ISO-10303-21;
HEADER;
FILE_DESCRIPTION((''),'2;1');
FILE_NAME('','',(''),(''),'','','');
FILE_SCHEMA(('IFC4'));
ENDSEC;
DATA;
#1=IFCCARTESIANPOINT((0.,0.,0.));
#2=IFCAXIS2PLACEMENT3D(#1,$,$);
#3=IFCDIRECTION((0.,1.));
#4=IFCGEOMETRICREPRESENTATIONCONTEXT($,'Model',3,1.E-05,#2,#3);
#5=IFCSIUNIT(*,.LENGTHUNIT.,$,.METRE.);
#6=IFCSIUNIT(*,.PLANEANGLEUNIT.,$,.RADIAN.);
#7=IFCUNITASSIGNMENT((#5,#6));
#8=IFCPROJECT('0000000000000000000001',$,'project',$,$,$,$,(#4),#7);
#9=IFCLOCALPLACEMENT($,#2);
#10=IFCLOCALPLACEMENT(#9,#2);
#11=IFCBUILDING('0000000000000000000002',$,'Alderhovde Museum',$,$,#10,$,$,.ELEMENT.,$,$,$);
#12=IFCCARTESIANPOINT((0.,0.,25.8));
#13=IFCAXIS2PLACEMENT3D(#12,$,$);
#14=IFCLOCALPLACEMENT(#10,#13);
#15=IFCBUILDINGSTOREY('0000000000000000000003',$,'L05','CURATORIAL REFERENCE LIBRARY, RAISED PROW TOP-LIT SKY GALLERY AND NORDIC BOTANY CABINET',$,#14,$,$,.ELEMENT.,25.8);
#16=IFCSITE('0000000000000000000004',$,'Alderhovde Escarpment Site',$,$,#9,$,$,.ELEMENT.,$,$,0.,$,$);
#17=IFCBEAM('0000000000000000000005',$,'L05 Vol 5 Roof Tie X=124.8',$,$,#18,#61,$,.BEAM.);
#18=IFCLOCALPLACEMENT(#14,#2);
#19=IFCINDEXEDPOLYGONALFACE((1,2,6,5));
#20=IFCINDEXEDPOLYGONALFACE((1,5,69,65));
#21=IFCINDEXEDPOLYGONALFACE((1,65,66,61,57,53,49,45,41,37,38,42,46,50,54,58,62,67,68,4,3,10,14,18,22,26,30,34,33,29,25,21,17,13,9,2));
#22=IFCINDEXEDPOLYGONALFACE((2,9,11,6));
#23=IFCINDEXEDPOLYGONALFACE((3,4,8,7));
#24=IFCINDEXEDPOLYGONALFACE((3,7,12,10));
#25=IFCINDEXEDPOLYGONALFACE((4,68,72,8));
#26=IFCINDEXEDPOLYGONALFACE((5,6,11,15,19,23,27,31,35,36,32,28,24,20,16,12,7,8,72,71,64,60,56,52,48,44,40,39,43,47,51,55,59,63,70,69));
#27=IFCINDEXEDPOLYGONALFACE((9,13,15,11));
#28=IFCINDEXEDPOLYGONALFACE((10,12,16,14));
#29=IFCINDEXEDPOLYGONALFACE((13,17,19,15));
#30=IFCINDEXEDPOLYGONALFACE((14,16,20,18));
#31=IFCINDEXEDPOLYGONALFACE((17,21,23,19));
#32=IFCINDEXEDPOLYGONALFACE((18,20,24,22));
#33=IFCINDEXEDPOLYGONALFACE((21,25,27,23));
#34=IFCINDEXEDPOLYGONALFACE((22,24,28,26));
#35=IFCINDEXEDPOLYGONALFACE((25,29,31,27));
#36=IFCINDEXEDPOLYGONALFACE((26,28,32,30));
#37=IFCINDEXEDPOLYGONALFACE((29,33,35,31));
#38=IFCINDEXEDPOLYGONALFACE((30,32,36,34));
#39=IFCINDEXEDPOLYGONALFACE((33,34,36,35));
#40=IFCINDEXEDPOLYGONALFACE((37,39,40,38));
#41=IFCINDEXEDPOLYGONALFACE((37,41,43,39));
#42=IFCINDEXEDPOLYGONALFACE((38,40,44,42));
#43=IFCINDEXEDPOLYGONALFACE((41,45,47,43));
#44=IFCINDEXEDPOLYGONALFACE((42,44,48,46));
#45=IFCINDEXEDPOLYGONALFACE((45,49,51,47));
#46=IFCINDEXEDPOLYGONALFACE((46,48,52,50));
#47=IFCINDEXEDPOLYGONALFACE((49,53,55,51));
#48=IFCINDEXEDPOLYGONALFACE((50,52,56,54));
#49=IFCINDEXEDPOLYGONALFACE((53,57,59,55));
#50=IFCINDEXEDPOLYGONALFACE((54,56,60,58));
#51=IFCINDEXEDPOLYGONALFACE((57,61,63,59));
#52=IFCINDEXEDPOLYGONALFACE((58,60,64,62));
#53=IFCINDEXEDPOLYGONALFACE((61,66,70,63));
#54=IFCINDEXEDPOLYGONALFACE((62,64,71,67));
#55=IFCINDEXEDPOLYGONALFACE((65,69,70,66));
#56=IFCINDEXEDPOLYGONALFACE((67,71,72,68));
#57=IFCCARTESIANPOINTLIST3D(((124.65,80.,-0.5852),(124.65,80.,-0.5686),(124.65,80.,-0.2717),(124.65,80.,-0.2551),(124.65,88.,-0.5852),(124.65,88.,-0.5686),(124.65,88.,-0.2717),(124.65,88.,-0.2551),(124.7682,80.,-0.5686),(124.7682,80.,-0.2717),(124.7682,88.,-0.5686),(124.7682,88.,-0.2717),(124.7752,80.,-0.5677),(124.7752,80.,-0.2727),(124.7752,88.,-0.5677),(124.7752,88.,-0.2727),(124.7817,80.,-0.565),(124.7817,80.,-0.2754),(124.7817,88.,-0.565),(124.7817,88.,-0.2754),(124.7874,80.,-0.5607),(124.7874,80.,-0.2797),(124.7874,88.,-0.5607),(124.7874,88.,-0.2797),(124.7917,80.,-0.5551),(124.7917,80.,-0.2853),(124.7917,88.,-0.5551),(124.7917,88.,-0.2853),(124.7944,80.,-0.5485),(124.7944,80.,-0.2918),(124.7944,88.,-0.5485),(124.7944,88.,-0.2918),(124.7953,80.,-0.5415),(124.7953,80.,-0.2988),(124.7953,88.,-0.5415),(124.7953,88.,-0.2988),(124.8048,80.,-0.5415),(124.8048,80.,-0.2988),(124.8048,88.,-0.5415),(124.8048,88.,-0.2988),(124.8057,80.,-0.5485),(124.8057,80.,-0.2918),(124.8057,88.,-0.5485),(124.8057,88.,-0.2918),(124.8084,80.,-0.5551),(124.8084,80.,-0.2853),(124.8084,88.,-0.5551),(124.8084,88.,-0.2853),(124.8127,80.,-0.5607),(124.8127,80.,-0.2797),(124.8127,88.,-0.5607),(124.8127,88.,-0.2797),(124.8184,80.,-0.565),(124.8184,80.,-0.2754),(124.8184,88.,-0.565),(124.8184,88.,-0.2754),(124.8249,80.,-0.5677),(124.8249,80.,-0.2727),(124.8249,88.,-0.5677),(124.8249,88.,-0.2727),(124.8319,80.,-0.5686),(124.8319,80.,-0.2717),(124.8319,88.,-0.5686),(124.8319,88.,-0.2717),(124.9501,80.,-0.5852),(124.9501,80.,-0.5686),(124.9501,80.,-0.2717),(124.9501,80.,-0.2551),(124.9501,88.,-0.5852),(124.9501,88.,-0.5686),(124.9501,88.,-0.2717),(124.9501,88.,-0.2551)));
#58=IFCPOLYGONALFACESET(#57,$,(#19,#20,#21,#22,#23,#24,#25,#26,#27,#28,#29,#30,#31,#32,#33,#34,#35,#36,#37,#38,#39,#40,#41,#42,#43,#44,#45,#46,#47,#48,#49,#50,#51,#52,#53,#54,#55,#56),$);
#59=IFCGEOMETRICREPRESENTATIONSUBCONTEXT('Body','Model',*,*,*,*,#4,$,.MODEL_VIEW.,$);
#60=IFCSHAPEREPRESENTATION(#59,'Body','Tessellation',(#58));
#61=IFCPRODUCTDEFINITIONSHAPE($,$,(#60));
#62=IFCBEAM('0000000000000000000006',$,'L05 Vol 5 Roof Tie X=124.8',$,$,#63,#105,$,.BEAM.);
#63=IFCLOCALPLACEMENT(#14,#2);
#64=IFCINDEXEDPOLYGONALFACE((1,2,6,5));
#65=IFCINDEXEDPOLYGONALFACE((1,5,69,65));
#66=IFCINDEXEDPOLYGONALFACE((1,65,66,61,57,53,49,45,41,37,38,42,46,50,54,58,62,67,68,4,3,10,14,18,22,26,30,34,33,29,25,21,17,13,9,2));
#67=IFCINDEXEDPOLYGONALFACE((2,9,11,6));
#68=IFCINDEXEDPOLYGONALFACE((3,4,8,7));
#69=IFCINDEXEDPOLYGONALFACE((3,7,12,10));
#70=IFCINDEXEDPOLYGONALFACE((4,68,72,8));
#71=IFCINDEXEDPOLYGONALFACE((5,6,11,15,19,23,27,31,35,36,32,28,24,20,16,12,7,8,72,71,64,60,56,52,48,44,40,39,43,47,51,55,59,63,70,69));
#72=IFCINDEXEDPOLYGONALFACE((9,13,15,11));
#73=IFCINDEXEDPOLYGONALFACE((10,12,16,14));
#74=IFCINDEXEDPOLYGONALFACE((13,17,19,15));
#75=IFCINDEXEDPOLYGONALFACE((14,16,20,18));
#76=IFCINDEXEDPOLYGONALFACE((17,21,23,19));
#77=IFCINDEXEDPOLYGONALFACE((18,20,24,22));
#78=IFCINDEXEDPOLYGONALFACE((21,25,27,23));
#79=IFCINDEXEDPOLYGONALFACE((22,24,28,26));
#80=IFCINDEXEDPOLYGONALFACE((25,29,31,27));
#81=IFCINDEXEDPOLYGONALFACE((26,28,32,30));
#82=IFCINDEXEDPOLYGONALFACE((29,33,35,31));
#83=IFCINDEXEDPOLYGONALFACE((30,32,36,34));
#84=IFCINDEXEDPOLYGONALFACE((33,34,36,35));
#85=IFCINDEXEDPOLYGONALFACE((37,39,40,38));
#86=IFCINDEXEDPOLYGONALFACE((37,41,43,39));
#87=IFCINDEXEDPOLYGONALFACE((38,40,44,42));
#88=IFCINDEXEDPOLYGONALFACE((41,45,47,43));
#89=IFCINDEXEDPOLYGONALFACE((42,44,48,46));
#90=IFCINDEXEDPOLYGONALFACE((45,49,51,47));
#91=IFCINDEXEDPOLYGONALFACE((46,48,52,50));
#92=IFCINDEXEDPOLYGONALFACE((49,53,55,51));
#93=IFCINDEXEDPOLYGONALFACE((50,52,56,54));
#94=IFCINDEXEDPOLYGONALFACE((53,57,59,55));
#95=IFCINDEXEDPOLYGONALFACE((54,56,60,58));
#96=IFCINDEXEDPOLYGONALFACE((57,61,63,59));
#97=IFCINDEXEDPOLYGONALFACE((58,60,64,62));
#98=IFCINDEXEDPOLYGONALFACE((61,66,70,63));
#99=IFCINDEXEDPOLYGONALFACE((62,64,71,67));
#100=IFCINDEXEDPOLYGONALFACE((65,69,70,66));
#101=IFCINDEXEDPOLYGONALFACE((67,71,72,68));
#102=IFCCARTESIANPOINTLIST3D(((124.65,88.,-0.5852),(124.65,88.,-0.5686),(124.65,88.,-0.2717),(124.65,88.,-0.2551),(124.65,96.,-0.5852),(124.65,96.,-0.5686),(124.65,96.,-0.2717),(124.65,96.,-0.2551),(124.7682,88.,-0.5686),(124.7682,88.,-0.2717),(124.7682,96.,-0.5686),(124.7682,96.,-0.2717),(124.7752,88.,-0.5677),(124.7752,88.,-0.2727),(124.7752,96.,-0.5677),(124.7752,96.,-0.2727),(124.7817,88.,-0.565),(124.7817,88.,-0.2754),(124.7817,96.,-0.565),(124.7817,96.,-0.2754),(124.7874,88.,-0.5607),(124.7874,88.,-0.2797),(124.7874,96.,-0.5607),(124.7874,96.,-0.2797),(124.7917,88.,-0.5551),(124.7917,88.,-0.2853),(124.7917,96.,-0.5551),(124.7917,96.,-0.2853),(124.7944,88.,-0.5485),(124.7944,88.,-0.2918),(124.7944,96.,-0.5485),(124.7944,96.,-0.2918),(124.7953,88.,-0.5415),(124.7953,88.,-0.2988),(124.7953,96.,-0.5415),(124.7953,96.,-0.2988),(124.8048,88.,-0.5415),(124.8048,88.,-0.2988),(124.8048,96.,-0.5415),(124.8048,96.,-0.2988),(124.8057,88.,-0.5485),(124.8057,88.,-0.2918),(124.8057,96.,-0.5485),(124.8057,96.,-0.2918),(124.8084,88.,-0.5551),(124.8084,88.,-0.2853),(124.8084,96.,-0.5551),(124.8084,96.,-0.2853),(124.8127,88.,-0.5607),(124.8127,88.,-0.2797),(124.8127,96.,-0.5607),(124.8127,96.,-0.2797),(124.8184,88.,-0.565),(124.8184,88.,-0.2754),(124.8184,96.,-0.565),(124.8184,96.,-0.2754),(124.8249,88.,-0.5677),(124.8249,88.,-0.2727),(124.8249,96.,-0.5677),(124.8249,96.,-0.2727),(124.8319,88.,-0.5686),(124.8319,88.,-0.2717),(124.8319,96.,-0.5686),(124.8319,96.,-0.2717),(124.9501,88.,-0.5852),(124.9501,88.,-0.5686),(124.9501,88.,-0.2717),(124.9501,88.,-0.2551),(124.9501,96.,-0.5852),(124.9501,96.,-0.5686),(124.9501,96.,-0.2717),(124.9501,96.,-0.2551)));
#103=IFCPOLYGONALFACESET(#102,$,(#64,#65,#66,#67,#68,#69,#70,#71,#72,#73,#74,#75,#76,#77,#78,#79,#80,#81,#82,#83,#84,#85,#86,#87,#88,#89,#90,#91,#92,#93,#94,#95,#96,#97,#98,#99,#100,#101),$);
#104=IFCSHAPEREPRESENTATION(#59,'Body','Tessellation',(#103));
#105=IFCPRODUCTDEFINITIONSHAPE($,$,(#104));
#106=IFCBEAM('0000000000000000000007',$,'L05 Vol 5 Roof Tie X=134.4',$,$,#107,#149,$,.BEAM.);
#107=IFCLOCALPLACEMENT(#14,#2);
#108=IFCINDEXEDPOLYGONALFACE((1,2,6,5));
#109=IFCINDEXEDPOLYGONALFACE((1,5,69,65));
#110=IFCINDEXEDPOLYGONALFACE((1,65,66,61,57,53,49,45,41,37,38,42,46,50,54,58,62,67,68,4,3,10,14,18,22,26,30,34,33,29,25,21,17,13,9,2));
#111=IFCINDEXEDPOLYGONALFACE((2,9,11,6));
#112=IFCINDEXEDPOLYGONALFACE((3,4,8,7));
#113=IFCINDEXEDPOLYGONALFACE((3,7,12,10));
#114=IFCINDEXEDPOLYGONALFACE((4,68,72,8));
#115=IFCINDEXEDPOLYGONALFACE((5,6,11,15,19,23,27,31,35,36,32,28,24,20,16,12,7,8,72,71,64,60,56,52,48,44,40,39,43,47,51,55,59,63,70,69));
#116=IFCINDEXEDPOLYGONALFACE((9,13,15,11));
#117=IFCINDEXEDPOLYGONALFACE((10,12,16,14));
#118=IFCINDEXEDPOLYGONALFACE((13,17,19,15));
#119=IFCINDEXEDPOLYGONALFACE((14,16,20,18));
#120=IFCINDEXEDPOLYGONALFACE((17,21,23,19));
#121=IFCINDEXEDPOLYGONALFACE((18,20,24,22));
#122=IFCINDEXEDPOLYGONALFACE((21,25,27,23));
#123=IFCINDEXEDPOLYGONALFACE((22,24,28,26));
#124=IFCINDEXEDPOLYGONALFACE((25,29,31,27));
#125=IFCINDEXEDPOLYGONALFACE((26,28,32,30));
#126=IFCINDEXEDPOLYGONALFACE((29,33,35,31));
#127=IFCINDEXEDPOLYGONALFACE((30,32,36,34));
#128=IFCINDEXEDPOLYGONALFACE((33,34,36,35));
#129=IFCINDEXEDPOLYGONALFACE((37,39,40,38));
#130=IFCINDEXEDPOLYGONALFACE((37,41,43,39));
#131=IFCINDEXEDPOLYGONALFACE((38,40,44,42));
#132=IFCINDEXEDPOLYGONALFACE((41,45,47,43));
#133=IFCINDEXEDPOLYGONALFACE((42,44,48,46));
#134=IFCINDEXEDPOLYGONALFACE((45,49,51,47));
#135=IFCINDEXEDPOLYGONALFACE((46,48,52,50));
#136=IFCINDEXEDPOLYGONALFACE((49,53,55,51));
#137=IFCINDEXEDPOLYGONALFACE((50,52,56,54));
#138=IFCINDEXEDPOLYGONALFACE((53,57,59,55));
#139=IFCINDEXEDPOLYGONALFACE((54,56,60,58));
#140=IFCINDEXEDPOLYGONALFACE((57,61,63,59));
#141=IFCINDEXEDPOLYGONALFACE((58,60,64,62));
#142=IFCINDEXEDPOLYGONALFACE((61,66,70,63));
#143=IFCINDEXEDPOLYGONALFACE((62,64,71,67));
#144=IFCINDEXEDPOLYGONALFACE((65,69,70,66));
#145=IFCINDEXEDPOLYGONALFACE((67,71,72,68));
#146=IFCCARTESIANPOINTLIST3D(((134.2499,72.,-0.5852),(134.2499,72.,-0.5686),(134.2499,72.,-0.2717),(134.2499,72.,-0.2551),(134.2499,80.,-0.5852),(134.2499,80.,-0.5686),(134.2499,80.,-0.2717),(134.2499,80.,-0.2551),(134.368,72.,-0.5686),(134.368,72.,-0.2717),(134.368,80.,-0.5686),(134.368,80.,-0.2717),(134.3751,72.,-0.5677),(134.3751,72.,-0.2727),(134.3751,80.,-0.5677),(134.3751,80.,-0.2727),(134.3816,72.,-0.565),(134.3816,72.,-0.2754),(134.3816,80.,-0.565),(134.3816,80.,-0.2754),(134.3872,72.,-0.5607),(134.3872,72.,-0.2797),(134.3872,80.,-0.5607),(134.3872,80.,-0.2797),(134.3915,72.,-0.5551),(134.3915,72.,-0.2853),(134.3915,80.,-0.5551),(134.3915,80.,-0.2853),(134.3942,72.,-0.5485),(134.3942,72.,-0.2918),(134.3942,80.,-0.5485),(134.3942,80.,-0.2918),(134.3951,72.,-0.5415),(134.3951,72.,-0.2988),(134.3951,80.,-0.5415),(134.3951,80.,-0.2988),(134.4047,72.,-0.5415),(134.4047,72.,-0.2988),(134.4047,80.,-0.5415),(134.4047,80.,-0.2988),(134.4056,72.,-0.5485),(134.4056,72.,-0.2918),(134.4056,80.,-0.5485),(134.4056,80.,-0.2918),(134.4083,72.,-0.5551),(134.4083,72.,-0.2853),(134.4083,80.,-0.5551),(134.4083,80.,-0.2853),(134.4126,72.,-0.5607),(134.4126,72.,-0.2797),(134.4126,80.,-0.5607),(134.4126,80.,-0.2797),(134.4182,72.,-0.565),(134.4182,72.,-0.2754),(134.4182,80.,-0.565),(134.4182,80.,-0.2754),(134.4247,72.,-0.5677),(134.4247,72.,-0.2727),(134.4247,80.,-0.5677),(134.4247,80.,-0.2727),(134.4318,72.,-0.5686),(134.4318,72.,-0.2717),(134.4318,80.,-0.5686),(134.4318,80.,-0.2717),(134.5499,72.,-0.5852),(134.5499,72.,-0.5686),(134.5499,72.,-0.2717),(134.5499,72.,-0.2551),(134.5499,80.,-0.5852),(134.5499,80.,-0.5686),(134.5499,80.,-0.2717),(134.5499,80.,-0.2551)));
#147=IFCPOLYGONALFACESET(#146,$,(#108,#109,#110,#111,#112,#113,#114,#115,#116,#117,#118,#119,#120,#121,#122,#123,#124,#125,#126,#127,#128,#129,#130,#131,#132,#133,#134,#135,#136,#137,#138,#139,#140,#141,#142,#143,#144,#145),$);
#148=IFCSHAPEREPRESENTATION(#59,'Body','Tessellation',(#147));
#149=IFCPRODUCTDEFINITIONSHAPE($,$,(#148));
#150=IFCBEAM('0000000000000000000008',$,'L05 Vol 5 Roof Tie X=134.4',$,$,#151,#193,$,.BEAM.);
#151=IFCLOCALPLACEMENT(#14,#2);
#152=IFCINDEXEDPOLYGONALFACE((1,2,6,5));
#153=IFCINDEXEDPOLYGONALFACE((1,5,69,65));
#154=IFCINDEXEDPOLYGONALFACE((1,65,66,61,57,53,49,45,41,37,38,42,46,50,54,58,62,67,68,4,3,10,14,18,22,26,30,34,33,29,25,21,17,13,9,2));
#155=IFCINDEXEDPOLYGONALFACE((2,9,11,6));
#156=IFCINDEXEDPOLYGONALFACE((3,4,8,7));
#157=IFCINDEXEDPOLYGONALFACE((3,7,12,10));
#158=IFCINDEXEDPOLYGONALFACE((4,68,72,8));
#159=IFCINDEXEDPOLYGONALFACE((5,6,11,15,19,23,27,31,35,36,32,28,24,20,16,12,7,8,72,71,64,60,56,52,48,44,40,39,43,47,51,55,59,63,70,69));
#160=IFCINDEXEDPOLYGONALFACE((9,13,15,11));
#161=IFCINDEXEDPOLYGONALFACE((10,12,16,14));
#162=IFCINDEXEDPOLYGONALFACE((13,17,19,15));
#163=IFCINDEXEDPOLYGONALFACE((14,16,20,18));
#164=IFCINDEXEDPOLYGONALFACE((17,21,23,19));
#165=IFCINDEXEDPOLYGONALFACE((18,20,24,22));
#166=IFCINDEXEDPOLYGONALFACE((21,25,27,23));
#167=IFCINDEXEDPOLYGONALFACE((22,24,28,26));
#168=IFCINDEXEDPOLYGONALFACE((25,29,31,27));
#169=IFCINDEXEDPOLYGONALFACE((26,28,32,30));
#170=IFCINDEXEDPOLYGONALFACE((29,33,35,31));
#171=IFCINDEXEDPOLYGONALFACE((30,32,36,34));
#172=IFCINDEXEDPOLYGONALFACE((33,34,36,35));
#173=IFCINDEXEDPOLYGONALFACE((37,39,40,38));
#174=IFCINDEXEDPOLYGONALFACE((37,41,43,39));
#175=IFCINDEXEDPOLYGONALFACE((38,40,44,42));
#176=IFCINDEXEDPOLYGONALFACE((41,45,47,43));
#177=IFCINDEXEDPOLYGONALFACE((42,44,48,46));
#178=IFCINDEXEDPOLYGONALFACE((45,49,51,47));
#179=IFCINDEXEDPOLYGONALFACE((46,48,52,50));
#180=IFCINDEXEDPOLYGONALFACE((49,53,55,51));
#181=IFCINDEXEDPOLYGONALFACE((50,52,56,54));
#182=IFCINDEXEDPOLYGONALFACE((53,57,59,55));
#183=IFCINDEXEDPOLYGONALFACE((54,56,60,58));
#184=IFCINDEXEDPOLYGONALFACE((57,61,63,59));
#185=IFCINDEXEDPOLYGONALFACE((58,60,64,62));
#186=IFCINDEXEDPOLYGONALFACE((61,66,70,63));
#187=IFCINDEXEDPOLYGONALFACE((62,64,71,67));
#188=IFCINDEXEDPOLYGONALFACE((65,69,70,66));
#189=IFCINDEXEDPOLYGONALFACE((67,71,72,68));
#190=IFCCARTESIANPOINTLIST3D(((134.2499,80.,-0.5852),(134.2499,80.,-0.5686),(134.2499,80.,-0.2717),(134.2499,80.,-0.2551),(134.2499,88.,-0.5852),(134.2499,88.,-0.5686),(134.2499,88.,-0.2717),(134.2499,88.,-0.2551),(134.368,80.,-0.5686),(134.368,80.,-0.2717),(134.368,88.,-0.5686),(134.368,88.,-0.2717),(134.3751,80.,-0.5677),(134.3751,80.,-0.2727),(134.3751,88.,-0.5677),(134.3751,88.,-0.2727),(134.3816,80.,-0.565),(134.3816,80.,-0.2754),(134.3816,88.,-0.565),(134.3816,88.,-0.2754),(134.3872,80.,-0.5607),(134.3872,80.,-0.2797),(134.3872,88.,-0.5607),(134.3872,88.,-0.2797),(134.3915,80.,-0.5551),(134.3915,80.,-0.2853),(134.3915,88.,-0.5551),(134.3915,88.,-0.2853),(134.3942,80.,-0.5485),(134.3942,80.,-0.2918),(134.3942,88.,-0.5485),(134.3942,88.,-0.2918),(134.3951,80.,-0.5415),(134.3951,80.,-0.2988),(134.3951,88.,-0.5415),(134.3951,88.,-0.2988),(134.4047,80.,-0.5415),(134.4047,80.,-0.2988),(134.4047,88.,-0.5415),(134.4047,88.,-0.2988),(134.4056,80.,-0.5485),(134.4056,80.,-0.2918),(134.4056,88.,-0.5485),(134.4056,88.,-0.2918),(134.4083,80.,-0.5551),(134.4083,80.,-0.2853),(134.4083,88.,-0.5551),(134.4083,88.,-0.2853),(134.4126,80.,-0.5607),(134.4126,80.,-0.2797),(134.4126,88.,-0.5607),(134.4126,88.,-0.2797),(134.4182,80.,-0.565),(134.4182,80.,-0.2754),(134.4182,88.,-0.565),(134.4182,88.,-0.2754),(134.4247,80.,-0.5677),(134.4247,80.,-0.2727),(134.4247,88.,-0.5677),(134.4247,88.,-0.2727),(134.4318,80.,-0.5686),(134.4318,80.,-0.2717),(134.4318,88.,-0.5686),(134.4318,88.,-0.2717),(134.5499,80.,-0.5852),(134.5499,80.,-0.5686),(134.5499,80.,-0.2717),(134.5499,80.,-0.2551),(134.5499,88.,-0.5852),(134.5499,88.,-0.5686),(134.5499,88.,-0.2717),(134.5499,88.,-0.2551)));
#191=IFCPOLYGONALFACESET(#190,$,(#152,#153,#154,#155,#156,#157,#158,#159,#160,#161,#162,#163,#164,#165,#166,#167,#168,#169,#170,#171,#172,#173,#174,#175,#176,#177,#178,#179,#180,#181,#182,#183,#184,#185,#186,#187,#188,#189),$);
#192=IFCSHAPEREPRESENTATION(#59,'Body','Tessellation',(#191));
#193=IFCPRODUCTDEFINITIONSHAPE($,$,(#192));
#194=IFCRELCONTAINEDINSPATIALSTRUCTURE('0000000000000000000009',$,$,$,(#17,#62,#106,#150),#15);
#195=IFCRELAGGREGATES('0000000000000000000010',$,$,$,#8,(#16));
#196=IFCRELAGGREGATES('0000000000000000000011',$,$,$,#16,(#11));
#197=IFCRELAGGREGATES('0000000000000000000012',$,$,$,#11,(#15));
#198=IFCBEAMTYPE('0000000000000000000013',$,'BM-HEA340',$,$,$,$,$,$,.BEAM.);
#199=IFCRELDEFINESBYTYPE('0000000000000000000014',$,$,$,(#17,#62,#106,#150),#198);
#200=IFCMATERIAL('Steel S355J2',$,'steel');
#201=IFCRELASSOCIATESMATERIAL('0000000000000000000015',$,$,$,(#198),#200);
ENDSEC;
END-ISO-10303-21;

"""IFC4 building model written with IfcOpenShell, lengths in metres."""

from ifc_helpers import new_model, si_unit, direction, frame, origin, origin_2d, place, context, subcontext, project, spatial, i_section, extrude, material, material_profile, profile_set, type_object, element, save


model = new_model("IFC4")

# Units and contexts
model_context = context("Model", 3, precision=1e-05, world=origin(), true_north=direction((0.0, 1.0)))
body_context = subcontext(model_context, "Body", "Model", "MODEL_VIEW")
ifc_project = project(units=[si_unit("LENGTHUNIT", "METRE"), si_unit("PLANEANGLEUNIT", "RADIAN")], contexts=[model_context])

# Site, building, storey
site_placement = place(None, origin())
site = spatial("IfcSite", under=ifc_project, at=site_placement, Name="Alderhovde Escarpment Site", CompositionType="ELEMENT", RefElevation=0.0)
building_placement = place(site_placement, origin())
building = spatial("IfcBuilding", under=site, at=building_placement, Name="Alderhovde Museum", CompositionType="ELEMENT")
storey_placement = place(building_placement, frame((0.0, 0.0, 25.8)))
storey = spatial("IfcBuildingStorey", under=building, at=storey_placement, Name="L05", Description="CURATORIAL REFERENCE LIBRARY, RAISED PROW TOP-LIT SKY GALLERY AND NORDIC BOTANY CABINET", CompositionType="ELEMENT", Elevation=25.8)

# Beams
ifc_material_1 = material(Name="Steel S355J2", Category="steel")
ifc_material_profile_1 = material_profile(ifc_material_1, i_section(OverallWidth=0.3, OverallDepth=0.3301, WebThickness=0.0095, FlangeThickness=0.0166, FilletRadius=0.0271, at=origin_2d()), Name="HEA 340")
ifc_profile_set_1 = profile_set([ifc_material_profile_1], Name="Steel S355J2")
beam_type_1 = type_object("IfcBeamType", Name="BM-HEA340", PredefinedType="BEAM", material=ifc_profile_set_1)
for number, where, z_axis, x_axis, name in (
    (1, (124.8, 80.0, -0.4202), (0.0, 1.0, 0.0), (-1.0, 0.0, 0.0), "L05 Vol 5 Roof Tie X=124.8"),
    (2, (124.8, 88.0, -0.4202), (0.0, 1.0, 0.0), (-1.0, 0.0, 0.0), "L05 Vol 5 Roof Tie X=124.8"),
    (3, (134.3999, 72.0, -0.4202), (0.0, 1.0, 0.0), (-1.0, 0.0, 0.0), "L05 Vol 5 Roof Tie X=134.4"),
    (4, (134.3999, 80.0, -0.4202), (0.0, 1.0, 0.0), (-1.0, 0.0, 0.0), "L05 Vol 5 Roof Tie X=134.4"),
):
    element("IfcBeam", number, at=place(storey_placement, frame(where, z_axis=z_axis, x_axis=x_axis)), inside=storey, type_object=beam_type_1, Name=name, PredefinedType="BEAM", context=body_context, shape_type="SweptSolid", body=[
        extrude(i_section(OverallWidth=0.3, OverallDepth=0.3301, WebThickness=0.0095, FlangeThickness=0.0166, FilletRadius=0.0271, at=origin_2d()), origin(), (0.0, 0.0, 1.0), 8.0),
    ])

save(model, "model.ifc")
